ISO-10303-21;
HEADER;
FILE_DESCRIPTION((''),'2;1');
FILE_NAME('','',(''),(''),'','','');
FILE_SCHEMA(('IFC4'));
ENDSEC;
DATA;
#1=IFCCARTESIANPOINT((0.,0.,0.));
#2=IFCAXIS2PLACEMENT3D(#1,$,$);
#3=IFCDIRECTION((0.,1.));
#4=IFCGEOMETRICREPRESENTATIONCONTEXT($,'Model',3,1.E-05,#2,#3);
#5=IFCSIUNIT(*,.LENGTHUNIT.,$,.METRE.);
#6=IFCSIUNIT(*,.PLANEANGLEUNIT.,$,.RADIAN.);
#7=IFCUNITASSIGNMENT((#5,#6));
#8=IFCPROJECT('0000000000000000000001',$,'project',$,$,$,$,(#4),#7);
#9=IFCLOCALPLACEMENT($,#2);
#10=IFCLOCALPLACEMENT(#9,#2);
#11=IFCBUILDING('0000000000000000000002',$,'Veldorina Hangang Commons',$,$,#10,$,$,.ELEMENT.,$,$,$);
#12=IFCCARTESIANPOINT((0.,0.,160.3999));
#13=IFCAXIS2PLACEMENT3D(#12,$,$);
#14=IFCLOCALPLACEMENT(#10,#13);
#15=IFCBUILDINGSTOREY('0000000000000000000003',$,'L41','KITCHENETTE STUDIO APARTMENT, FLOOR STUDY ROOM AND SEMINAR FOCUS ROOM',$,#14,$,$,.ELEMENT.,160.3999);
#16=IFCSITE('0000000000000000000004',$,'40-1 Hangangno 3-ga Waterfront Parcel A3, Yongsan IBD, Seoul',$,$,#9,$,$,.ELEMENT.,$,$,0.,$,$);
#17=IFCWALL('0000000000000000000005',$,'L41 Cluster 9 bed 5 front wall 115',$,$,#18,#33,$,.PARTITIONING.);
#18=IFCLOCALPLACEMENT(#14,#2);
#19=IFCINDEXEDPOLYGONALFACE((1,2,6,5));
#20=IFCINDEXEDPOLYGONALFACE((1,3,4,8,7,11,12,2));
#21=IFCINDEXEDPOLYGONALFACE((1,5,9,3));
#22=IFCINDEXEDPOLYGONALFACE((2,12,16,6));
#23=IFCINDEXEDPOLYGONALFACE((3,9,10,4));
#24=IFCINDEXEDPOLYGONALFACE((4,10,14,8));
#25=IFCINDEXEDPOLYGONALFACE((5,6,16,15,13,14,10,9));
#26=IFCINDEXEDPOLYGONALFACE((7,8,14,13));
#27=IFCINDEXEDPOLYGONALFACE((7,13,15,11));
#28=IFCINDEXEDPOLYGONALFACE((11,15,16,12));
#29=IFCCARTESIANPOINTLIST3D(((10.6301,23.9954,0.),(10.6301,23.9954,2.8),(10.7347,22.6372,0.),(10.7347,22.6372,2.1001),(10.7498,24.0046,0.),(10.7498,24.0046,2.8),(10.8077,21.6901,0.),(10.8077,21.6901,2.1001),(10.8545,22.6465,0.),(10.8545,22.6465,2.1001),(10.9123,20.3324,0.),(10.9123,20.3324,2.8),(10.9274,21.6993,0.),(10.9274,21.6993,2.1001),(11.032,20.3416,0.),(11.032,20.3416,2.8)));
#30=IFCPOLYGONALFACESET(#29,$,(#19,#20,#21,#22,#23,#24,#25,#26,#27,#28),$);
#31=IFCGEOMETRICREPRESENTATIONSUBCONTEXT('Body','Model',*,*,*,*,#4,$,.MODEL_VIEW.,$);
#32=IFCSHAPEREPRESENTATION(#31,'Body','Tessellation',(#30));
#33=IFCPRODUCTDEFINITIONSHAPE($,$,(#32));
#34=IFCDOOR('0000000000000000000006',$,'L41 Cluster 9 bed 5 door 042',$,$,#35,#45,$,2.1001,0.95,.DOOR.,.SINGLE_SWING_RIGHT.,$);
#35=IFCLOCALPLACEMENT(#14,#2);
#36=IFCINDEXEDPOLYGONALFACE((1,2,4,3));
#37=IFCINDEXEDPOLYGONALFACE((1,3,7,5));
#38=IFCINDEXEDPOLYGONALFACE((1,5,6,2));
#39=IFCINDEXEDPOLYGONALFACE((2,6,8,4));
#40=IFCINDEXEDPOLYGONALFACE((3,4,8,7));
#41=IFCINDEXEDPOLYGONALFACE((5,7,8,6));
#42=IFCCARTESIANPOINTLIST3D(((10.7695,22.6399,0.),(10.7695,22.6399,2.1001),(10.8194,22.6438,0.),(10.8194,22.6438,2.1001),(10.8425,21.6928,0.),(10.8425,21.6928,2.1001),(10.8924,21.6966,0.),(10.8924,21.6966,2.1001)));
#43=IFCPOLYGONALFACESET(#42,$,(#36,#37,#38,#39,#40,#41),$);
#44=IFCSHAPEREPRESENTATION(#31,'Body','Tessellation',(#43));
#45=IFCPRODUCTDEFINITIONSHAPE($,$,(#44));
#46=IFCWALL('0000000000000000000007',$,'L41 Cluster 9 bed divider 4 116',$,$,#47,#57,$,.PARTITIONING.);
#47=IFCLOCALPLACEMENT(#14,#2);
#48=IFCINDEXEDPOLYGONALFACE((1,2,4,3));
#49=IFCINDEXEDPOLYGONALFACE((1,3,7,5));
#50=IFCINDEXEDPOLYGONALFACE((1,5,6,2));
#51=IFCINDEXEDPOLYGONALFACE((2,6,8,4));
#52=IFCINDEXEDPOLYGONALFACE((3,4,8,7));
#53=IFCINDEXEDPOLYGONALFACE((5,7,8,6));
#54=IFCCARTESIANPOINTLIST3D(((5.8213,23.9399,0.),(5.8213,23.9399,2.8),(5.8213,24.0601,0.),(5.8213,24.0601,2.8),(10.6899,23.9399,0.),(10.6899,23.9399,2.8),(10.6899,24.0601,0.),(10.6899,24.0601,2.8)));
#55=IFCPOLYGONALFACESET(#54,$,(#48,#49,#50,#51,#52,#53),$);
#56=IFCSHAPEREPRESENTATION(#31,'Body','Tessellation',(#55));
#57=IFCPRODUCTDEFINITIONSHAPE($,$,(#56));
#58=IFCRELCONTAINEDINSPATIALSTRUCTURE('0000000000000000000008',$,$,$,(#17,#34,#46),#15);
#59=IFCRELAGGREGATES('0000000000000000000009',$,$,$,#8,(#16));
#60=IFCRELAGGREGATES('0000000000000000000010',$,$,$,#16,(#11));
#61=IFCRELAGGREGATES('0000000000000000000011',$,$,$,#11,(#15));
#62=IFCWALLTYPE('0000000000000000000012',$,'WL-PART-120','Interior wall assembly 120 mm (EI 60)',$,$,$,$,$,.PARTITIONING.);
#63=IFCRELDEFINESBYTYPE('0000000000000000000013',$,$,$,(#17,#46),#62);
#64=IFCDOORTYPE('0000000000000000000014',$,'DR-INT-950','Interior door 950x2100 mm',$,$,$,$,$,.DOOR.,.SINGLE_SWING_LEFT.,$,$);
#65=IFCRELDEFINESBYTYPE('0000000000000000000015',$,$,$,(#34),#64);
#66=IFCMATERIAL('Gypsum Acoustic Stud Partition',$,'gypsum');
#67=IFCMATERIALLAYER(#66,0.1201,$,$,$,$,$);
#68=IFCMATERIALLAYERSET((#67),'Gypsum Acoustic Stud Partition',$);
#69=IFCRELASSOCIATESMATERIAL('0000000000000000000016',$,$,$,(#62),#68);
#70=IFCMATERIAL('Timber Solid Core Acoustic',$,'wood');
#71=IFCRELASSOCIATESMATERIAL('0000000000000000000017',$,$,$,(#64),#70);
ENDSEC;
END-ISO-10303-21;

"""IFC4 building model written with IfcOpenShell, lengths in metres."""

from ifc_helpers import new_model, si_unit, direction, frame, frame_2d, origin, place, context, subcontext, project, spatial, rectangle, extrude, material, layer, layer_set, type_object, element, fill, save


model = new_model("IFC4")

# Units and contexts
model_context = context("Model", 3, precision=1e-05, world=origin(), true_north=direction((0.0, 1.0)))
body_context = subcontext(model_context, "Body", "Model", "MODEL_VIEW")
ifc_project = project(units=[si_unit("LENGTHUNIT", "METRE"), si_unit("PLANEANGLEUNIT", "RADIAN")], contexts=[model_context])

# Site, building, storey
site_placement = place(None, origin())
site = spatial("IfcSite", under=ifc_project, at=site_placement, Name="40-1 Hangangno 3-ga Waterfront Parcel A3, Yongsan IBD, Seoul", CompositionType="ELEMENT", RefElevation=0.0)
building_placement = place(site_placement, origin())
building = spatial("IfcBuilding", under=site, at=building_placement, Name="Veldorina Hangang Commons", CompositionType="ELEMENT")
storey_placement = place(building_placement, frame((0.0, 0.0, 160.3999)))
storey = spatial("IfcBuildingStorey", under=building, at=storey_placement, Name="L41", Description="KITCHENETTE STUDIO APARTMENT, FLOOR STUDY ROOM AND SEMINAR FOCUS ROOM", CompositionType="ELEMENT", Elevation=160.3999)

# Shared definitions
ifc_material_1 = material(Name="Gypsum Acoustic Stud Partition", Category="gypsum")
ifc_layer_1 = layer(ifc_material_1, 0.1201)
ifc_layer_set_1 = layer_set([ifc_layer_1], Name="Gypsum Acoustic Stud Partition")
wall_type_1 = type_object("IfcWallType", Name="WL-PART-120", Description="Interior wall assembly 120 mm (EI 60)", PredefinedType="PARTITIONING", material=ifc_layer_set_1)
ifc_material_2 = material(Name="Timber Solid Core Acoustic", Category="wood")
door_type = type_object("IfcDoorType", Name="DR-INT-950", Description="Interior door 950x2100 mm", OperationType="SINGLE_SWING_LEFT", PredefinedType="DOOR", material=ifc_material_2)

# Wall, opening, door
wall_1_placement = place(storey_placement, frame((10.6899, 24.0, 0.0), z_axis=(0.0, 0.0, 1.0), x_axis=(0.076818, -0.997045, 0.0)))
wall_1 = element("IfcWall", 1, at=wall_1_placement, inside=storey, type_object=wall_type_1, Name="L41 Cluster 9 bed 5 front wall 115", PredefinedType="PARTITIONING", context=body_context, shape_type="SweptSolid", body=[
    extrude(rectangle(XDim=3.6738, YDim=0.1201, at=frame_2d((1.8369, 0.0))), origin(), (0.0, 0.0, 1.0), 2.8),
])
opening_1_placement = place(wall_1_placement, frame((1.3621, 0.0, 0.0)))
opening_1 = element("IfcOpeningElement", 2, at=opening_1_placement, cuts=wall_1, PredefinedType="OPENING", context=body_context, shape_type="SweptSolid", body=[
    extrude(rectangle(XDim=0.95, YDim=2.1001, at=frame_2d((0.4751, 1.05))), frame((0.0, 0.0701, 0.0), z_axis=(0.0, -1.0, 0.0), x_axis=(1.0, 0.0, 0.0)), (0.0, 0.0, 1.0), 0.1401),
])
door_1_placement = place(opening_1_placement, origin())
door_1 = element("IfcDoor", 3, at=door_1_placement, inside=storey, type_object=door_type, Name="L41 Cluster 9 bed 5 door 042", OperationType="SINGLE_SWING_RIGHT", OverallHeight=2.1001, OverallWidth=0.95, PredefinedType="DOOR", context=body_context, shape_type="SweptSolid", body=[
    extrude(rectangle(XDim=0.95, YDim=2.1001, at=frame_2d((0.4751, 1.05))), frame((0.0, 0.0249, 0.0), z_axis=(0.0, -1.0, 0.0), x_axis=(1.0, 0.0, 0.0)), (0.0, 0.0, 1.0), 0.05),
])
fill(opening_1, door_1)

# Wall
wall_2_placement = place(storey_placement, frame((10.6899, 24.0, 0.0), z_axis=(0.0, 0.0, 1.0), x_axis=(-1.0, 0.0, 0.0)))
element("IfcWall", 4, at=wall_2_placement, inside=storey, type_object=wall_type_1, Name="L41 Cluster 9 bed divider 4 116", PredefinedType="PARTITIONING", context=body_context, shape_type="SweptSolid", body=[
    extrude(rectangle(XDim=4.8687, YDim=0.1201, at=frame_2d((2.4343, 0.0))), origin(), (0.0, 0.0, 1.0), 2.8),
])

save(model, "model.ifc")
